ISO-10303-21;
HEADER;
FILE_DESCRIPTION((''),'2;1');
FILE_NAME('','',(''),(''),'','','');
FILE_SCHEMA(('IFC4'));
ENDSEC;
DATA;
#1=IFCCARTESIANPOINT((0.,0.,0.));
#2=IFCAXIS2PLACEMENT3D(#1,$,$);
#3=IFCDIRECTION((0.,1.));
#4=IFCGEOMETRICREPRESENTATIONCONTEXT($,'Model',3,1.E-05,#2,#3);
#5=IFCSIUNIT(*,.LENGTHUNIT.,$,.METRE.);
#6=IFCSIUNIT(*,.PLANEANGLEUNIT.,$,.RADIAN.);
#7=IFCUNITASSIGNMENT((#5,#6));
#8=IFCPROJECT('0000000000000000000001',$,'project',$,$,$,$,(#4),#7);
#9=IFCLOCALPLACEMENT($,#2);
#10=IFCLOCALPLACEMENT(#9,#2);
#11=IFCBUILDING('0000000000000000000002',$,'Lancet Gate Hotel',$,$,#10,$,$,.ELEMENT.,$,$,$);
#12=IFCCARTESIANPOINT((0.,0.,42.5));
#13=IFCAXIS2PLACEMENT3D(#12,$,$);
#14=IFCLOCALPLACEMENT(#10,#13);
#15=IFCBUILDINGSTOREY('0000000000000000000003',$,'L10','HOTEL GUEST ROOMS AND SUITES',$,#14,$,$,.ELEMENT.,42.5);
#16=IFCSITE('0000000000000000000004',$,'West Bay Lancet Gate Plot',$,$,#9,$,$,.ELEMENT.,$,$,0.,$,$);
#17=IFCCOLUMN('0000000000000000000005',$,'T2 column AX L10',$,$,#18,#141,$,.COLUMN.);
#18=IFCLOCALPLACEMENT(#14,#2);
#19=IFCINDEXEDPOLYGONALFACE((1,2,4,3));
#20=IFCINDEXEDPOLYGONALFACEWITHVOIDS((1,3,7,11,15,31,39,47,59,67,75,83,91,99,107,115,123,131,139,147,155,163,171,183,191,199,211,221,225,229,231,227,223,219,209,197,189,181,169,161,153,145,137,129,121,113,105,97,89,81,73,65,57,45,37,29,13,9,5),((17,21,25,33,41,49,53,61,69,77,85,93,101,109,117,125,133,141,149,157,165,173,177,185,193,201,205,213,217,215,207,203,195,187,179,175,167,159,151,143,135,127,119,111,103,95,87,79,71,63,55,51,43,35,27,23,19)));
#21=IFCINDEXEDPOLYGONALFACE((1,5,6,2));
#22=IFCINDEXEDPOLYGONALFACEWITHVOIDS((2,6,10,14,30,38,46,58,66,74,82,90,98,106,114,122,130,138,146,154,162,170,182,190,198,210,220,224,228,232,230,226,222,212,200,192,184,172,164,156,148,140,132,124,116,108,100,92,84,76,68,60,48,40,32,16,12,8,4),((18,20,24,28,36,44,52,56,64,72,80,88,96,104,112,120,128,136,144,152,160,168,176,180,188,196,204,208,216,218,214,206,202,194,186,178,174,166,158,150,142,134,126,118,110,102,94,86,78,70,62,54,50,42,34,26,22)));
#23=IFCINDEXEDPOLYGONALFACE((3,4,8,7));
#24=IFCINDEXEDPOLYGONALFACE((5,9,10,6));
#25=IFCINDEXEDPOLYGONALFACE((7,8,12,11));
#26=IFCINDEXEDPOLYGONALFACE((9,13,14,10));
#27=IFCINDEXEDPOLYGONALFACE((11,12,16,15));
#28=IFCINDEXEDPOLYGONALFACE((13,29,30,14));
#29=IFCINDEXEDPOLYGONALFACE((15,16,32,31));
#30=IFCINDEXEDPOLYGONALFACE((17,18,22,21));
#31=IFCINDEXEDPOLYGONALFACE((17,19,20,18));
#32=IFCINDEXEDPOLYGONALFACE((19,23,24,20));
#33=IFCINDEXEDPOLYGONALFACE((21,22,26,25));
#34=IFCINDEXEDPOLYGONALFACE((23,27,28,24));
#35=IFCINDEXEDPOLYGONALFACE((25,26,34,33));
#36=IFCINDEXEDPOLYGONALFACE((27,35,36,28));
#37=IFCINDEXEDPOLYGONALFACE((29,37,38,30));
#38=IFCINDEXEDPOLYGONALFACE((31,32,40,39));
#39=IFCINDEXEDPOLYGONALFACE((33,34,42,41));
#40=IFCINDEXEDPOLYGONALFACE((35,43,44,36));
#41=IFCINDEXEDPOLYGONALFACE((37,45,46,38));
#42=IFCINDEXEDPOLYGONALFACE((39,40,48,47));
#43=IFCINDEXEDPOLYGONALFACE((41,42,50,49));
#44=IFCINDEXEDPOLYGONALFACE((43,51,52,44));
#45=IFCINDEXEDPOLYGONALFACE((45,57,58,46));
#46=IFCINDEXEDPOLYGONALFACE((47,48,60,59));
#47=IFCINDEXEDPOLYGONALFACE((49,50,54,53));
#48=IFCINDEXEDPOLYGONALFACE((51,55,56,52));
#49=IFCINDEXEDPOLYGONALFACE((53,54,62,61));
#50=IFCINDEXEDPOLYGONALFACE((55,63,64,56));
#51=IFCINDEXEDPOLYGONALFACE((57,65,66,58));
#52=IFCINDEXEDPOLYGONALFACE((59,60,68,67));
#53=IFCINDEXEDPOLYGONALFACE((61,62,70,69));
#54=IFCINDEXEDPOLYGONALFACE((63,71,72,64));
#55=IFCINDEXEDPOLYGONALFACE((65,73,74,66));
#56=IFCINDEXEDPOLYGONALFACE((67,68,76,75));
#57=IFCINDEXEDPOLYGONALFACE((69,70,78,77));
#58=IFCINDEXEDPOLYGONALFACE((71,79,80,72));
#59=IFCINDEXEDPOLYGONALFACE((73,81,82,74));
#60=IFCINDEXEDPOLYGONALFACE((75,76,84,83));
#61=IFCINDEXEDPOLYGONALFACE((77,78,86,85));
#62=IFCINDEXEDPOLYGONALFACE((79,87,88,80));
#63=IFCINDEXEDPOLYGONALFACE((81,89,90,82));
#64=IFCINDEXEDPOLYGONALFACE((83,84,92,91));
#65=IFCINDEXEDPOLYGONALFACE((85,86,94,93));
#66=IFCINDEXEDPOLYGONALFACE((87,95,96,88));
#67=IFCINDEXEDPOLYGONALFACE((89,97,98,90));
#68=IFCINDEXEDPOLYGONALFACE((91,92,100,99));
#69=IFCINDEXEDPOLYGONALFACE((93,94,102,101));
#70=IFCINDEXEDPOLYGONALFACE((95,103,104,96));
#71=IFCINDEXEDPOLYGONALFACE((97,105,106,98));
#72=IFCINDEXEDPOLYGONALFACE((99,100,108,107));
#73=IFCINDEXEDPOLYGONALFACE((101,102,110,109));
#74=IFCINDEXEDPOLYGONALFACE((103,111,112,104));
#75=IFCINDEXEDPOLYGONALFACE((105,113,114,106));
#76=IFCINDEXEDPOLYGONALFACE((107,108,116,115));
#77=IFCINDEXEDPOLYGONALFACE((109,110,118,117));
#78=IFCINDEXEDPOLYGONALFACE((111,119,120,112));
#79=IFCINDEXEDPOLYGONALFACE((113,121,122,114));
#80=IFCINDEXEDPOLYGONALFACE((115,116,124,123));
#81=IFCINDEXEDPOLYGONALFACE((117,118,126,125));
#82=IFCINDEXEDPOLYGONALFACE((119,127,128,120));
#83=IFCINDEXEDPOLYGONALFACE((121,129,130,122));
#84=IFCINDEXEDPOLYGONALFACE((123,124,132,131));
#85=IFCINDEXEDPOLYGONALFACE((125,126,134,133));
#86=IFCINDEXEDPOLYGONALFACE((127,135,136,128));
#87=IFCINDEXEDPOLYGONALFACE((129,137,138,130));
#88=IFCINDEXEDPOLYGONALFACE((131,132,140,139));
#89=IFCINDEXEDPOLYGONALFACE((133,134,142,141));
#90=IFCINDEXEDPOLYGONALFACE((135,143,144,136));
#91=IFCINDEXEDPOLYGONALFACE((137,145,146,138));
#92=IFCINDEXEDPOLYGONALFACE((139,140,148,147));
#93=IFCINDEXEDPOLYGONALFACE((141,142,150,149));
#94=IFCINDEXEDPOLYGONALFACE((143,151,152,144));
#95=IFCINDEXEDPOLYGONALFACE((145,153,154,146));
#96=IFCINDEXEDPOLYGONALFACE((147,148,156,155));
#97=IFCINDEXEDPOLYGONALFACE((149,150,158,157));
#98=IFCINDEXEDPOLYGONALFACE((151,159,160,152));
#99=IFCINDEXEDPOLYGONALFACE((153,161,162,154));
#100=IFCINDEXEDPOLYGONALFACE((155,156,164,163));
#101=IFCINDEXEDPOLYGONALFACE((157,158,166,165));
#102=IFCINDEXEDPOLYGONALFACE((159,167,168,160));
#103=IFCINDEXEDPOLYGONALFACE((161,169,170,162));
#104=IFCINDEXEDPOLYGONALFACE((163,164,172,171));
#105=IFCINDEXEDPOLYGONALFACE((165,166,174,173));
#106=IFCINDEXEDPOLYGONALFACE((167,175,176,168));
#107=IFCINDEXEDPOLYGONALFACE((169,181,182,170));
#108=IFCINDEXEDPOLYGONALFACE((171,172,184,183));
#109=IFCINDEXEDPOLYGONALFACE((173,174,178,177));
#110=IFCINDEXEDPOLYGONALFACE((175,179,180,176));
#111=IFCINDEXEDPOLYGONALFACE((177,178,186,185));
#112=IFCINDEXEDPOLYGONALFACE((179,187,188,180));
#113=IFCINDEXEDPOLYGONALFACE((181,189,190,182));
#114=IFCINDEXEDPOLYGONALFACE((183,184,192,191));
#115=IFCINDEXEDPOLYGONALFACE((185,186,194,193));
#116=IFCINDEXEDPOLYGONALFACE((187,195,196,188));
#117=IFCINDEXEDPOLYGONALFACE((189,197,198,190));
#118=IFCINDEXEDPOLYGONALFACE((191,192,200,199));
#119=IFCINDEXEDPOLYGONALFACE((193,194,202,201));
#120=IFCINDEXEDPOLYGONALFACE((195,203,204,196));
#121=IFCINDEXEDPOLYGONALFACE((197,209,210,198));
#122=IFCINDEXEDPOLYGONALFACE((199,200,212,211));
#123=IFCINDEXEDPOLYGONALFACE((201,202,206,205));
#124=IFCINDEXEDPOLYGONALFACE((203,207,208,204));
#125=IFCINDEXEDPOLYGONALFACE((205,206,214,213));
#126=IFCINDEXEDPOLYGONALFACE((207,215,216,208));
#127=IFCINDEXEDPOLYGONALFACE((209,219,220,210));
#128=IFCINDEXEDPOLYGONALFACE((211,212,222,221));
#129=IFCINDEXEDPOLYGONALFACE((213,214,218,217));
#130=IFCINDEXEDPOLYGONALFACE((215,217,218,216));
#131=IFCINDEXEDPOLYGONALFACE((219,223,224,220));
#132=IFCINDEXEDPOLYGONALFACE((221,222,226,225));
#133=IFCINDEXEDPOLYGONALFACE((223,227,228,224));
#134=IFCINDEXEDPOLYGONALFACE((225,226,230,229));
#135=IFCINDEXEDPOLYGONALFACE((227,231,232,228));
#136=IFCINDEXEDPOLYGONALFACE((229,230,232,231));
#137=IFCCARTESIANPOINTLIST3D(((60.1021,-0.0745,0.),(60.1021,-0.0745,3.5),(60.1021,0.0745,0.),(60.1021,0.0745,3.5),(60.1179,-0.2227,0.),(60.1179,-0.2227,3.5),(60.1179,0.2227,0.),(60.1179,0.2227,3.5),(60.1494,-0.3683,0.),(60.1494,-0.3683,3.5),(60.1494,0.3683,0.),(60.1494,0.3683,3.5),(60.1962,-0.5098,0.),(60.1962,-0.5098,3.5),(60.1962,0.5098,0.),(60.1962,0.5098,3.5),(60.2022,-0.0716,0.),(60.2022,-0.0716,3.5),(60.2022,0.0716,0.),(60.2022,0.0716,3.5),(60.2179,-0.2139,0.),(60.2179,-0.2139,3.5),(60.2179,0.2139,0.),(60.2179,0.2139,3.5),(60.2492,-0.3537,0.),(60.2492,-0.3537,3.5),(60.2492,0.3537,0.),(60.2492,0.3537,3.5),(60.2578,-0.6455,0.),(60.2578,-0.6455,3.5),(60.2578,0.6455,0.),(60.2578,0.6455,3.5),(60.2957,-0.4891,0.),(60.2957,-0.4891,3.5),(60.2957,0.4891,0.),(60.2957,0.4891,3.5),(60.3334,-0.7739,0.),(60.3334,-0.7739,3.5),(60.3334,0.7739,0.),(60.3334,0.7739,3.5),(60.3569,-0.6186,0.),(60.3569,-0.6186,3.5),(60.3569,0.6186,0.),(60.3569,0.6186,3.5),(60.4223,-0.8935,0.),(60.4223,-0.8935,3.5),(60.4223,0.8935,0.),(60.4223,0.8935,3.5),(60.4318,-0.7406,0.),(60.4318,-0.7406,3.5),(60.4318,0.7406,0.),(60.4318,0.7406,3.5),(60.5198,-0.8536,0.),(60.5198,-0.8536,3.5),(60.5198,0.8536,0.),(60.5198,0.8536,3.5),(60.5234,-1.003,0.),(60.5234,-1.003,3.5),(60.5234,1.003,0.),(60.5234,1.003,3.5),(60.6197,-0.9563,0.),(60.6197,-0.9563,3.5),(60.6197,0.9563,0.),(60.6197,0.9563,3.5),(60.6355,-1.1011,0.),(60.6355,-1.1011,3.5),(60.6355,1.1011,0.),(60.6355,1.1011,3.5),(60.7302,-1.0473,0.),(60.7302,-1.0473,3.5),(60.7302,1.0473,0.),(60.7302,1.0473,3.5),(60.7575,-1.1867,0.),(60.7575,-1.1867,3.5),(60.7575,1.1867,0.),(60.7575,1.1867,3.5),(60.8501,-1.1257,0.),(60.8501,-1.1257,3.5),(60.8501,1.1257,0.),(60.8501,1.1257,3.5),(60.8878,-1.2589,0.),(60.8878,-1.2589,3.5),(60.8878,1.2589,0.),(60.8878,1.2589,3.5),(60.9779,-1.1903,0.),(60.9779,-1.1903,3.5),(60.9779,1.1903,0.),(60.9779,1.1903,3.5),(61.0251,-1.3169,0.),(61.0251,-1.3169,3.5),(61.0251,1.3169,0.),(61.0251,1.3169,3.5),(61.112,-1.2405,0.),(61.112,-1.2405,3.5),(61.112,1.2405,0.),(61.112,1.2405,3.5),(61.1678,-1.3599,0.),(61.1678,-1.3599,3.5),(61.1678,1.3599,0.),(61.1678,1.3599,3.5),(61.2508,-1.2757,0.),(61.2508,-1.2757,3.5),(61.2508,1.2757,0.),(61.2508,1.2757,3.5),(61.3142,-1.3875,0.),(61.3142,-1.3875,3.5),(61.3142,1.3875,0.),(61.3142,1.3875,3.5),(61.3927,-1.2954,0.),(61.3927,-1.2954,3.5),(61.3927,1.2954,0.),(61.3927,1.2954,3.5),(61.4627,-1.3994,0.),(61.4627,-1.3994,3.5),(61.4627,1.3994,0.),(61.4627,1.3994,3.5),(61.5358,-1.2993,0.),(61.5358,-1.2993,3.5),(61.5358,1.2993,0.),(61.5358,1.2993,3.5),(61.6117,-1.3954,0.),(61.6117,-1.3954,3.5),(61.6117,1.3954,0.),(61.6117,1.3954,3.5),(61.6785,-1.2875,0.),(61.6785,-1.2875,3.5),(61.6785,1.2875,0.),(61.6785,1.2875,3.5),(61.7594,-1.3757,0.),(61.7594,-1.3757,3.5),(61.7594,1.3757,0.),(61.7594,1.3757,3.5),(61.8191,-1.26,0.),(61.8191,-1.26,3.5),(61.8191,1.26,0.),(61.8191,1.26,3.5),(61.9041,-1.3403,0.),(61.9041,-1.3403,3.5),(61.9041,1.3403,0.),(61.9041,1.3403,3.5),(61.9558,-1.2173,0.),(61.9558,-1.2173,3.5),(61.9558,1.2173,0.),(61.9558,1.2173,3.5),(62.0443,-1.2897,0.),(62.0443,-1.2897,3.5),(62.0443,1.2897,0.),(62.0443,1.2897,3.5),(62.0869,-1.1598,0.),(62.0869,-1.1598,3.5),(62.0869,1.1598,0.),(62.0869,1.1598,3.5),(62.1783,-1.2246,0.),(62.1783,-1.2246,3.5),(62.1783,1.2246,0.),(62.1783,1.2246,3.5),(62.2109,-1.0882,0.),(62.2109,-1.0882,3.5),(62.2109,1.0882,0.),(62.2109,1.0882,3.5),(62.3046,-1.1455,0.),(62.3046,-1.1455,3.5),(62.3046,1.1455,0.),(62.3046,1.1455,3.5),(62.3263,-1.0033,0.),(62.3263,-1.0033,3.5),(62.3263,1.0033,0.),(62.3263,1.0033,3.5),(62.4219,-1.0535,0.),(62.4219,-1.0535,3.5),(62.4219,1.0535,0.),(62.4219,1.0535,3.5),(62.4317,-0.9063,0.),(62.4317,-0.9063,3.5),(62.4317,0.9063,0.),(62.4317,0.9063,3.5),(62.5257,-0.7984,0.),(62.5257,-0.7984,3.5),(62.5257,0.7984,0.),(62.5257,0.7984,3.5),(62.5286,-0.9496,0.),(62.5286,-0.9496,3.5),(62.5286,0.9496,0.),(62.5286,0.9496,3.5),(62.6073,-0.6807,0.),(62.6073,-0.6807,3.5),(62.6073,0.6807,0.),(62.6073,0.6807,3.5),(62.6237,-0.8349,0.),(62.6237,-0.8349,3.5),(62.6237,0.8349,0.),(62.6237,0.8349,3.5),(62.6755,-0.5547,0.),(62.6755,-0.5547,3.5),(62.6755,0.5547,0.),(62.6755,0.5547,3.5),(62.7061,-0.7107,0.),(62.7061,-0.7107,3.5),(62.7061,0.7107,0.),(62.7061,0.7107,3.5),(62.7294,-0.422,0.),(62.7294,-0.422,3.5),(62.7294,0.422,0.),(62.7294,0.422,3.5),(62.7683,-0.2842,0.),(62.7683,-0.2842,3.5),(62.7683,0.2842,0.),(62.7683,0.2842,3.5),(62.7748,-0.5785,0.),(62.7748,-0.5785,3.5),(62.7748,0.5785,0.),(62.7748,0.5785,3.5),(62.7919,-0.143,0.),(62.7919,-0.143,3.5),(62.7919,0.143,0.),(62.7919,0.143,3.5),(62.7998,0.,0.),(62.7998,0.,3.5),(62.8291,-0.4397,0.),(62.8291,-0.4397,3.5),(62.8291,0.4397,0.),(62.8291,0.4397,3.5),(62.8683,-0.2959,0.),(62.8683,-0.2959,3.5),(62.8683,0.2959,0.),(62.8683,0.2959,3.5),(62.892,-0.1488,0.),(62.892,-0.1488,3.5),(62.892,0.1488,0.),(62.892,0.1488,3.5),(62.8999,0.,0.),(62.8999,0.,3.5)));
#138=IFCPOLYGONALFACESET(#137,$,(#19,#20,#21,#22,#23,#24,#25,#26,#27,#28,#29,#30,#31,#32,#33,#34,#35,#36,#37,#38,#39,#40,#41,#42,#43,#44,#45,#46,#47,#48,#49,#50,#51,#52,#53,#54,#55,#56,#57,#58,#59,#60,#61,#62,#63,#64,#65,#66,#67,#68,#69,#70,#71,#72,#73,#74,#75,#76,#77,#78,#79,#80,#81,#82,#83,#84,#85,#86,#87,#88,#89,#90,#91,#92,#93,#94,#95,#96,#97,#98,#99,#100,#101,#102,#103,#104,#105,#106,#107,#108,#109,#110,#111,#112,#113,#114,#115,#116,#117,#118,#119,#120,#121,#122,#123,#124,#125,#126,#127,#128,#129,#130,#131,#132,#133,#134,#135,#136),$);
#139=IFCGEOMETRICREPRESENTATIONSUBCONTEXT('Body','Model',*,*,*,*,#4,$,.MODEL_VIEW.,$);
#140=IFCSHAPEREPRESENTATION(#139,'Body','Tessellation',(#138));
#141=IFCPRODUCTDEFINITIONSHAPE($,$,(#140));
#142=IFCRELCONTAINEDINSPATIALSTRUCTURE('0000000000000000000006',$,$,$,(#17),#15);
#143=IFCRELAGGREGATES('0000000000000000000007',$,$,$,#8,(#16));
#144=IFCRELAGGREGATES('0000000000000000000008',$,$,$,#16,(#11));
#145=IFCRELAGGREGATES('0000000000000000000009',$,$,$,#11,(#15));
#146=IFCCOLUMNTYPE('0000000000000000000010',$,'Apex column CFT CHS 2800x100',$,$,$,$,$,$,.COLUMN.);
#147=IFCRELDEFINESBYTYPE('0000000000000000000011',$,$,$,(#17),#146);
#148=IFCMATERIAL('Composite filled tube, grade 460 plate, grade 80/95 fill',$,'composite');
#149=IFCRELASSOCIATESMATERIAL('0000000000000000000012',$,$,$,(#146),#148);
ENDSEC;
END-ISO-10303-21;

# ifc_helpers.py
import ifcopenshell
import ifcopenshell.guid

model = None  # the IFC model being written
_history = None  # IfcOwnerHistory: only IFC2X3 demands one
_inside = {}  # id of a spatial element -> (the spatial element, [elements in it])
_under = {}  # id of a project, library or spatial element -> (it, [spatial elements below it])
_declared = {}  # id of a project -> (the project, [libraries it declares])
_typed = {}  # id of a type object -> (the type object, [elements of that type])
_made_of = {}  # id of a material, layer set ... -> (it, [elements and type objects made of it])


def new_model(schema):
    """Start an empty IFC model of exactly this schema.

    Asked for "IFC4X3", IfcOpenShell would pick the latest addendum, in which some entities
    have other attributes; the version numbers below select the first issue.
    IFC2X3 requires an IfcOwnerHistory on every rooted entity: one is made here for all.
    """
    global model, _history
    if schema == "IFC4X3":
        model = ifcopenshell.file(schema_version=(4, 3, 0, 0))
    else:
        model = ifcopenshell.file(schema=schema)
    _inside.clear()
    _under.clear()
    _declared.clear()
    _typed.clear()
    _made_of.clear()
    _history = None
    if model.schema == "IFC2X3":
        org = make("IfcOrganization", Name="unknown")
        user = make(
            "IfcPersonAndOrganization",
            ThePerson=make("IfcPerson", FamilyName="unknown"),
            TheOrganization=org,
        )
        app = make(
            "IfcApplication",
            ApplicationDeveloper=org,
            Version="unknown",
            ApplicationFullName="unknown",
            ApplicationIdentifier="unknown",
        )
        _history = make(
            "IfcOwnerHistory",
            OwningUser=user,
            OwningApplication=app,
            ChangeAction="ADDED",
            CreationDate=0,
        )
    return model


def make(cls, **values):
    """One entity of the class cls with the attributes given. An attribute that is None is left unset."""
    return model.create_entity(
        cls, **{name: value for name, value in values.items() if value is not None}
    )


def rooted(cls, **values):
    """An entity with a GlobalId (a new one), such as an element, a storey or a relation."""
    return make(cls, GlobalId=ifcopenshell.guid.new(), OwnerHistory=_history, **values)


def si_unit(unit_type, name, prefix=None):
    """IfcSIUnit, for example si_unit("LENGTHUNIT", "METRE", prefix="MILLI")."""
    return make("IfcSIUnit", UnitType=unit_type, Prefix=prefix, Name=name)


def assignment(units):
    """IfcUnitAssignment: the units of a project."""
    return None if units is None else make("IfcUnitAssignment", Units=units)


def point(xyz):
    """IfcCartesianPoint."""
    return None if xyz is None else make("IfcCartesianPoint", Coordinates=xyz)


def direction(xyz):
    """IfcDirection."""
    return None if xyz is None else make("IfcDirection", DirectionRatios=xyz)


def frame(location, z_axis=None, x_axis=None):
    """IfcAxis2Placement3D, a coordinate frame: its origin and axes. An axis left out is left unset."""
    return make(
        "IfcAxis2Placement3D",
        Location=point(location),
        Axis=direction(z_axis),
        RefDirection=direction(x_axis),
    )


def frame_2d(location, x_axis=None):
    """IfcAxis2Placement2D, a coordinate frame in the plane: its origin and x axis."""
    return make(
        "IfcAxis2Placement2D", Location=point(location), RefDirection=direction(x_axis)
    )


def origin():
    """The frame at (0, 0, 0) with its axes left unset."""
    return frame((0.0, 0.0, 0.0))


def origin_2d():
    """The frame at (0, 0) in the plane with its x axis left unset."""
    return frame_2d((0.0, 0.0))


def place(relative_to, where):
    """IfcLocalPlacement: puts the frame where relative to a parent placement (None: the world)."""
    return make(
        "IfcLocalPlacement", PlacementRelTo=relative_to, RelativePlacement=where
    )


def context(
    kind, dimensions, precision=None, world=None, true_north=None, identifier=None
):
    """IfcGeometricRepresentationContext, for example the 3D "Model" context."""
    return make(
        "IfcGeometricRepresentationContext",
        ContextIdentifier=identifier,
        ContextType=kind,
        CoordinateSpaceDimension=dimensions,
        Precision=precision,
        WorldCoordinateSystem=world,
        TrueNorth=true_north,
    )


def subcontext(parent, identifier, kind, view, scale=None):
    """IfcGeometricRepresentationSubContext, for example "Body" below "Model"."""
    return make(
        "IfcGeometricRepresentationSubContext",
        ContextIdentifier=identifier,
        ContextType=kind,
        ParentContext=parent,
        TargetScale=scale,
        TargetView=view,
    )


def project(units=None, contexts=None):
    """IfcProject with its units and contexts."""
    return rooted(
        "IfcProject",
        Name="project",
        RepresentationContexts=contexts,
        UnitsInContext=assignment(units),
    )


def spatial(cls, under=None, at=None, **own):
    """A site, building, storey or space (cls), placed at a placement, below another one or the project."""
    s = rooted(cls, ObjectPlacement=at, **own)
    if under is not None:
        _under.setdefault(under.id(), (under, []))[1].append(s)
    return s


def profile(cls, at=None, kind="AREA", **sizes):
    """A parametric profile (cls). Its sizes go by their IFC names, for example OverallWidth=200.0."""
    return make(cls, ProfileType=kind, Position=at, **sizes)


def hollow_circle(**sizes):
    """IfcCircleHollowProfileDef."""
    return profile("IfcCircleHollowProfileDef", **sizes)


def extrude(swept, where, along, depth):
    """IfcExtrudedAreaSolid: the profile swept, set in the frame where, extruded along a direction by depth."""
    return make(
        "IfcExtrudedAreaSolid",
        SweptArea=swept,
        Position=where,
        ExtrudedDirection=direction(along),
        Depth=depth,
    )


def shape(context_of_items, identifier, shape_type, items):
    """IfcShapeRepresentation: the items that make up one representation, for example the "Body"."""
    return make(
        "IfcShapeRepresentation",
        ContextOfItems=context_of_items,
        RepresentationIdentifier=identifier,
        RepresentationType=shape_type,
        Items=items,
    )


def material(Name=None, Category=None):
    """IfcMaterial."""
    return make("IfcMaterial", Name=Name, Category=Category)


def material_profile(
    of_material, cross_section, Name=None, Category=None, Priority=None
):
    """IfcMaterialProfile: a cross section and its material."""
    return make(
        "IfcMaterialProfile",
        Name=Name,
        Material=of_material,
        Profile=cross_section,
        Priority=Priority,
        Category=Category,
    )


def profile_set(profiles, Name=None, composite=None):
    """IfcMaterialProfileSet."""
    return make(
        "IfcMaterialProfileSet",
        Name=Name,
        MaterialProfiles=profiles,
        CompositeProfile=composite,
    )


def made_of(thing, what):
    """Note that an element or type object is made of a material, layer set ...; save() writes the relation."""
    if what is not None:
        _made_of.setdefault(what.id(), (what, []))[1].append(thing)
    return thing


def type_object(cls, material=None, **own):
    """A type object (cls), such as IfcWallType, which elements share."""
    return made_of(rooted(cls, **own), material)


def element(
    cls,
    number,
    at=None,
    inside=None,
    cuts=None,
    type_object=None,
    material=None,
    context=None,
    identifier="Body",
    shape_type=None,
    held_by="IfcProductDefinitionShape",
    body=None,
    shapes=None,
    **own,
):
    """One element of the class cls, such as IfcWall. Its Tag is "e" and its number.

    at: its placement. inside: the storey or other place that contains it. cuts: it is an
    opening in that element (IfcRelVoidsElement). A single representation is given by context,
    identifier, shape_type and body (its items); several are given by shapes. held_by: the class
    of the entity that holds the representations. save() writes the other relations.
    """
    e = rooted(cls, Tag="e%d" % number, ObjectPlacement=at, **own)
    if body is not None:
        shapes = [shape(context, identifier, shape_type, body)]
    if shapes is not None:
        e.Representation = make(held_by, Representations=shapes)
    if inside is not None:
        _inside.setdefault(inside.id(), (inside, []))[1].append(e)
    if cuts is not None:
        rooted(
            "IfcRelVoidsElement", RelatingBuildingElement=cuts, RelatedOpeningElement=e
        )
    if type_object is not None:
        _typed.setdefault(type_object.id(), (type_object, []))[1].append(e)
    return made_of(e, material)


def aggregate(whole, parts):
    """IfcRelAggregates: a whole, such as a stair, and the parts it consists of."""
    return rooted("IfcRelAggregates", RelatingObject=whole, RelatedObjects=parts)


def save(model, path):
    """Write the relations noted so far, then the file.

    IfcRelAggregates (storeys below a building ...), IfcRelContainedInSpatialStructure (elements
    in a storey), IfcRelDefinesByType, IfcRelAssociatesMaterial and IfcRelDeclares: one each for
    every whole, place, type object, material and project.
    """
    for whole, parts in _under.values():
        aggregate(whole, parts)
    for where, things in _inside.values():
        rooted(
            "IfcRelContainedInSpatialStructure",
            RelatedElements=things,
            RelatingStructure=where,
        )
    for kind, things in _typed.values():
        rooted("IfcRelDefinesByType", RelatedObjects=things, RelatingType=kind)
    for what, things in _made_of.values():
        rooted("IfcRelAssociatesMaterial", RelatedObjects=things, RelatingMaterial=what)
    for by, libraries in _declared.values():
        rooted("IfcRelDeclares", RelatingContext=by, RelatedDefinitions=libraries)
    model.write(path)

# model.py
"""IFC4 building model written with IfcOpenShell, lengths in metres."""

from ifc_helpers import new_model, si_unit, direction, frame, origin, origin_2d, place, context, subcontext, project, spatial, hollow_circle, extrude, material, material_profile, profile_set, type_object, element, save


model = new_model("IFC4")

# Units and contexts
model_context = context("Model", 3, precision=1e-05, world=origin(), true_north=direction((0.0, 1.0)))
body_context = subcontext(model_context, "Body", "Model", "MODEL_VIEW")
ifc_project = project(units=[si_unit("LENGTHUNIT", "METRE"), si_unit("PLANEANGLEUNIT", "RADIAN")], contexts=[model_context])

# Site, building, storey
site_placement = place(None, origin())
site = spatial("IfcSite", under=ifc_project, at=site_placement, Name="West Bay Lancet Gate Plot", CompositionType="ELEMENT", RefElevation=0.0)
building_placement = place(site_placement, origin())
building = spatial("IfcBuilding", under=site, at=building_placement, Name="Lancet Gate Hotel", CompositionType="ELEMENT")
storey_placement = place(building_placement, frame((0.0, 0.0, 42.5)))
storey = spatial("IfcBuildingStorey", under=building, at=storey_placement, Name="L10", Description="HOTEL GUEST ROOMS AND SUITES", CompositionType="ELEMENT", Elevation=42.5)

# Column
ifc_material_1 = material(Name="Composite filled tube, grade 460 plate, grade 80/95 fill", Category="composite")
ifc_material_profile_1 = material_profile(ifc_material_1, hollow_circle(Radius=1.3999, WallThickness=0.1001, at=origin_2d()), Name="CHS 2800x100")
ifc_profile_set_1 = profile_set([ifc_material_profile_1], Name="Composite filled tube, grade 460 plate, grade 80/95 fill")
column_type_1 = type_object("IfcColumnType", Name="Apex column CFT CHS 2800x100", PredefinedType="COLUMN", material=ifc_profile_set_1)
column_1_placement = place(storey_placement, frame((61.5, 0.0, 0.0), z_axis=(0.0, 0.0, 1.0), x_axis=(1.0, 0.0, 0.0)))
element("IfcColumn", 1, at=column_1_placement, inside=storey, type_object=column_type_1, Name="T2 column AX L10", PredefinedType="COLUMN", context=body_context, shape_type="SweptSolid", body=[
    extrude(hollow_circle(Radius=1.3999, WallThickness=0.1001, at=origin_2d()), origin(), (0.0, 0.0, 1.0), 3.5),
])

save(model, "model.ifc")
